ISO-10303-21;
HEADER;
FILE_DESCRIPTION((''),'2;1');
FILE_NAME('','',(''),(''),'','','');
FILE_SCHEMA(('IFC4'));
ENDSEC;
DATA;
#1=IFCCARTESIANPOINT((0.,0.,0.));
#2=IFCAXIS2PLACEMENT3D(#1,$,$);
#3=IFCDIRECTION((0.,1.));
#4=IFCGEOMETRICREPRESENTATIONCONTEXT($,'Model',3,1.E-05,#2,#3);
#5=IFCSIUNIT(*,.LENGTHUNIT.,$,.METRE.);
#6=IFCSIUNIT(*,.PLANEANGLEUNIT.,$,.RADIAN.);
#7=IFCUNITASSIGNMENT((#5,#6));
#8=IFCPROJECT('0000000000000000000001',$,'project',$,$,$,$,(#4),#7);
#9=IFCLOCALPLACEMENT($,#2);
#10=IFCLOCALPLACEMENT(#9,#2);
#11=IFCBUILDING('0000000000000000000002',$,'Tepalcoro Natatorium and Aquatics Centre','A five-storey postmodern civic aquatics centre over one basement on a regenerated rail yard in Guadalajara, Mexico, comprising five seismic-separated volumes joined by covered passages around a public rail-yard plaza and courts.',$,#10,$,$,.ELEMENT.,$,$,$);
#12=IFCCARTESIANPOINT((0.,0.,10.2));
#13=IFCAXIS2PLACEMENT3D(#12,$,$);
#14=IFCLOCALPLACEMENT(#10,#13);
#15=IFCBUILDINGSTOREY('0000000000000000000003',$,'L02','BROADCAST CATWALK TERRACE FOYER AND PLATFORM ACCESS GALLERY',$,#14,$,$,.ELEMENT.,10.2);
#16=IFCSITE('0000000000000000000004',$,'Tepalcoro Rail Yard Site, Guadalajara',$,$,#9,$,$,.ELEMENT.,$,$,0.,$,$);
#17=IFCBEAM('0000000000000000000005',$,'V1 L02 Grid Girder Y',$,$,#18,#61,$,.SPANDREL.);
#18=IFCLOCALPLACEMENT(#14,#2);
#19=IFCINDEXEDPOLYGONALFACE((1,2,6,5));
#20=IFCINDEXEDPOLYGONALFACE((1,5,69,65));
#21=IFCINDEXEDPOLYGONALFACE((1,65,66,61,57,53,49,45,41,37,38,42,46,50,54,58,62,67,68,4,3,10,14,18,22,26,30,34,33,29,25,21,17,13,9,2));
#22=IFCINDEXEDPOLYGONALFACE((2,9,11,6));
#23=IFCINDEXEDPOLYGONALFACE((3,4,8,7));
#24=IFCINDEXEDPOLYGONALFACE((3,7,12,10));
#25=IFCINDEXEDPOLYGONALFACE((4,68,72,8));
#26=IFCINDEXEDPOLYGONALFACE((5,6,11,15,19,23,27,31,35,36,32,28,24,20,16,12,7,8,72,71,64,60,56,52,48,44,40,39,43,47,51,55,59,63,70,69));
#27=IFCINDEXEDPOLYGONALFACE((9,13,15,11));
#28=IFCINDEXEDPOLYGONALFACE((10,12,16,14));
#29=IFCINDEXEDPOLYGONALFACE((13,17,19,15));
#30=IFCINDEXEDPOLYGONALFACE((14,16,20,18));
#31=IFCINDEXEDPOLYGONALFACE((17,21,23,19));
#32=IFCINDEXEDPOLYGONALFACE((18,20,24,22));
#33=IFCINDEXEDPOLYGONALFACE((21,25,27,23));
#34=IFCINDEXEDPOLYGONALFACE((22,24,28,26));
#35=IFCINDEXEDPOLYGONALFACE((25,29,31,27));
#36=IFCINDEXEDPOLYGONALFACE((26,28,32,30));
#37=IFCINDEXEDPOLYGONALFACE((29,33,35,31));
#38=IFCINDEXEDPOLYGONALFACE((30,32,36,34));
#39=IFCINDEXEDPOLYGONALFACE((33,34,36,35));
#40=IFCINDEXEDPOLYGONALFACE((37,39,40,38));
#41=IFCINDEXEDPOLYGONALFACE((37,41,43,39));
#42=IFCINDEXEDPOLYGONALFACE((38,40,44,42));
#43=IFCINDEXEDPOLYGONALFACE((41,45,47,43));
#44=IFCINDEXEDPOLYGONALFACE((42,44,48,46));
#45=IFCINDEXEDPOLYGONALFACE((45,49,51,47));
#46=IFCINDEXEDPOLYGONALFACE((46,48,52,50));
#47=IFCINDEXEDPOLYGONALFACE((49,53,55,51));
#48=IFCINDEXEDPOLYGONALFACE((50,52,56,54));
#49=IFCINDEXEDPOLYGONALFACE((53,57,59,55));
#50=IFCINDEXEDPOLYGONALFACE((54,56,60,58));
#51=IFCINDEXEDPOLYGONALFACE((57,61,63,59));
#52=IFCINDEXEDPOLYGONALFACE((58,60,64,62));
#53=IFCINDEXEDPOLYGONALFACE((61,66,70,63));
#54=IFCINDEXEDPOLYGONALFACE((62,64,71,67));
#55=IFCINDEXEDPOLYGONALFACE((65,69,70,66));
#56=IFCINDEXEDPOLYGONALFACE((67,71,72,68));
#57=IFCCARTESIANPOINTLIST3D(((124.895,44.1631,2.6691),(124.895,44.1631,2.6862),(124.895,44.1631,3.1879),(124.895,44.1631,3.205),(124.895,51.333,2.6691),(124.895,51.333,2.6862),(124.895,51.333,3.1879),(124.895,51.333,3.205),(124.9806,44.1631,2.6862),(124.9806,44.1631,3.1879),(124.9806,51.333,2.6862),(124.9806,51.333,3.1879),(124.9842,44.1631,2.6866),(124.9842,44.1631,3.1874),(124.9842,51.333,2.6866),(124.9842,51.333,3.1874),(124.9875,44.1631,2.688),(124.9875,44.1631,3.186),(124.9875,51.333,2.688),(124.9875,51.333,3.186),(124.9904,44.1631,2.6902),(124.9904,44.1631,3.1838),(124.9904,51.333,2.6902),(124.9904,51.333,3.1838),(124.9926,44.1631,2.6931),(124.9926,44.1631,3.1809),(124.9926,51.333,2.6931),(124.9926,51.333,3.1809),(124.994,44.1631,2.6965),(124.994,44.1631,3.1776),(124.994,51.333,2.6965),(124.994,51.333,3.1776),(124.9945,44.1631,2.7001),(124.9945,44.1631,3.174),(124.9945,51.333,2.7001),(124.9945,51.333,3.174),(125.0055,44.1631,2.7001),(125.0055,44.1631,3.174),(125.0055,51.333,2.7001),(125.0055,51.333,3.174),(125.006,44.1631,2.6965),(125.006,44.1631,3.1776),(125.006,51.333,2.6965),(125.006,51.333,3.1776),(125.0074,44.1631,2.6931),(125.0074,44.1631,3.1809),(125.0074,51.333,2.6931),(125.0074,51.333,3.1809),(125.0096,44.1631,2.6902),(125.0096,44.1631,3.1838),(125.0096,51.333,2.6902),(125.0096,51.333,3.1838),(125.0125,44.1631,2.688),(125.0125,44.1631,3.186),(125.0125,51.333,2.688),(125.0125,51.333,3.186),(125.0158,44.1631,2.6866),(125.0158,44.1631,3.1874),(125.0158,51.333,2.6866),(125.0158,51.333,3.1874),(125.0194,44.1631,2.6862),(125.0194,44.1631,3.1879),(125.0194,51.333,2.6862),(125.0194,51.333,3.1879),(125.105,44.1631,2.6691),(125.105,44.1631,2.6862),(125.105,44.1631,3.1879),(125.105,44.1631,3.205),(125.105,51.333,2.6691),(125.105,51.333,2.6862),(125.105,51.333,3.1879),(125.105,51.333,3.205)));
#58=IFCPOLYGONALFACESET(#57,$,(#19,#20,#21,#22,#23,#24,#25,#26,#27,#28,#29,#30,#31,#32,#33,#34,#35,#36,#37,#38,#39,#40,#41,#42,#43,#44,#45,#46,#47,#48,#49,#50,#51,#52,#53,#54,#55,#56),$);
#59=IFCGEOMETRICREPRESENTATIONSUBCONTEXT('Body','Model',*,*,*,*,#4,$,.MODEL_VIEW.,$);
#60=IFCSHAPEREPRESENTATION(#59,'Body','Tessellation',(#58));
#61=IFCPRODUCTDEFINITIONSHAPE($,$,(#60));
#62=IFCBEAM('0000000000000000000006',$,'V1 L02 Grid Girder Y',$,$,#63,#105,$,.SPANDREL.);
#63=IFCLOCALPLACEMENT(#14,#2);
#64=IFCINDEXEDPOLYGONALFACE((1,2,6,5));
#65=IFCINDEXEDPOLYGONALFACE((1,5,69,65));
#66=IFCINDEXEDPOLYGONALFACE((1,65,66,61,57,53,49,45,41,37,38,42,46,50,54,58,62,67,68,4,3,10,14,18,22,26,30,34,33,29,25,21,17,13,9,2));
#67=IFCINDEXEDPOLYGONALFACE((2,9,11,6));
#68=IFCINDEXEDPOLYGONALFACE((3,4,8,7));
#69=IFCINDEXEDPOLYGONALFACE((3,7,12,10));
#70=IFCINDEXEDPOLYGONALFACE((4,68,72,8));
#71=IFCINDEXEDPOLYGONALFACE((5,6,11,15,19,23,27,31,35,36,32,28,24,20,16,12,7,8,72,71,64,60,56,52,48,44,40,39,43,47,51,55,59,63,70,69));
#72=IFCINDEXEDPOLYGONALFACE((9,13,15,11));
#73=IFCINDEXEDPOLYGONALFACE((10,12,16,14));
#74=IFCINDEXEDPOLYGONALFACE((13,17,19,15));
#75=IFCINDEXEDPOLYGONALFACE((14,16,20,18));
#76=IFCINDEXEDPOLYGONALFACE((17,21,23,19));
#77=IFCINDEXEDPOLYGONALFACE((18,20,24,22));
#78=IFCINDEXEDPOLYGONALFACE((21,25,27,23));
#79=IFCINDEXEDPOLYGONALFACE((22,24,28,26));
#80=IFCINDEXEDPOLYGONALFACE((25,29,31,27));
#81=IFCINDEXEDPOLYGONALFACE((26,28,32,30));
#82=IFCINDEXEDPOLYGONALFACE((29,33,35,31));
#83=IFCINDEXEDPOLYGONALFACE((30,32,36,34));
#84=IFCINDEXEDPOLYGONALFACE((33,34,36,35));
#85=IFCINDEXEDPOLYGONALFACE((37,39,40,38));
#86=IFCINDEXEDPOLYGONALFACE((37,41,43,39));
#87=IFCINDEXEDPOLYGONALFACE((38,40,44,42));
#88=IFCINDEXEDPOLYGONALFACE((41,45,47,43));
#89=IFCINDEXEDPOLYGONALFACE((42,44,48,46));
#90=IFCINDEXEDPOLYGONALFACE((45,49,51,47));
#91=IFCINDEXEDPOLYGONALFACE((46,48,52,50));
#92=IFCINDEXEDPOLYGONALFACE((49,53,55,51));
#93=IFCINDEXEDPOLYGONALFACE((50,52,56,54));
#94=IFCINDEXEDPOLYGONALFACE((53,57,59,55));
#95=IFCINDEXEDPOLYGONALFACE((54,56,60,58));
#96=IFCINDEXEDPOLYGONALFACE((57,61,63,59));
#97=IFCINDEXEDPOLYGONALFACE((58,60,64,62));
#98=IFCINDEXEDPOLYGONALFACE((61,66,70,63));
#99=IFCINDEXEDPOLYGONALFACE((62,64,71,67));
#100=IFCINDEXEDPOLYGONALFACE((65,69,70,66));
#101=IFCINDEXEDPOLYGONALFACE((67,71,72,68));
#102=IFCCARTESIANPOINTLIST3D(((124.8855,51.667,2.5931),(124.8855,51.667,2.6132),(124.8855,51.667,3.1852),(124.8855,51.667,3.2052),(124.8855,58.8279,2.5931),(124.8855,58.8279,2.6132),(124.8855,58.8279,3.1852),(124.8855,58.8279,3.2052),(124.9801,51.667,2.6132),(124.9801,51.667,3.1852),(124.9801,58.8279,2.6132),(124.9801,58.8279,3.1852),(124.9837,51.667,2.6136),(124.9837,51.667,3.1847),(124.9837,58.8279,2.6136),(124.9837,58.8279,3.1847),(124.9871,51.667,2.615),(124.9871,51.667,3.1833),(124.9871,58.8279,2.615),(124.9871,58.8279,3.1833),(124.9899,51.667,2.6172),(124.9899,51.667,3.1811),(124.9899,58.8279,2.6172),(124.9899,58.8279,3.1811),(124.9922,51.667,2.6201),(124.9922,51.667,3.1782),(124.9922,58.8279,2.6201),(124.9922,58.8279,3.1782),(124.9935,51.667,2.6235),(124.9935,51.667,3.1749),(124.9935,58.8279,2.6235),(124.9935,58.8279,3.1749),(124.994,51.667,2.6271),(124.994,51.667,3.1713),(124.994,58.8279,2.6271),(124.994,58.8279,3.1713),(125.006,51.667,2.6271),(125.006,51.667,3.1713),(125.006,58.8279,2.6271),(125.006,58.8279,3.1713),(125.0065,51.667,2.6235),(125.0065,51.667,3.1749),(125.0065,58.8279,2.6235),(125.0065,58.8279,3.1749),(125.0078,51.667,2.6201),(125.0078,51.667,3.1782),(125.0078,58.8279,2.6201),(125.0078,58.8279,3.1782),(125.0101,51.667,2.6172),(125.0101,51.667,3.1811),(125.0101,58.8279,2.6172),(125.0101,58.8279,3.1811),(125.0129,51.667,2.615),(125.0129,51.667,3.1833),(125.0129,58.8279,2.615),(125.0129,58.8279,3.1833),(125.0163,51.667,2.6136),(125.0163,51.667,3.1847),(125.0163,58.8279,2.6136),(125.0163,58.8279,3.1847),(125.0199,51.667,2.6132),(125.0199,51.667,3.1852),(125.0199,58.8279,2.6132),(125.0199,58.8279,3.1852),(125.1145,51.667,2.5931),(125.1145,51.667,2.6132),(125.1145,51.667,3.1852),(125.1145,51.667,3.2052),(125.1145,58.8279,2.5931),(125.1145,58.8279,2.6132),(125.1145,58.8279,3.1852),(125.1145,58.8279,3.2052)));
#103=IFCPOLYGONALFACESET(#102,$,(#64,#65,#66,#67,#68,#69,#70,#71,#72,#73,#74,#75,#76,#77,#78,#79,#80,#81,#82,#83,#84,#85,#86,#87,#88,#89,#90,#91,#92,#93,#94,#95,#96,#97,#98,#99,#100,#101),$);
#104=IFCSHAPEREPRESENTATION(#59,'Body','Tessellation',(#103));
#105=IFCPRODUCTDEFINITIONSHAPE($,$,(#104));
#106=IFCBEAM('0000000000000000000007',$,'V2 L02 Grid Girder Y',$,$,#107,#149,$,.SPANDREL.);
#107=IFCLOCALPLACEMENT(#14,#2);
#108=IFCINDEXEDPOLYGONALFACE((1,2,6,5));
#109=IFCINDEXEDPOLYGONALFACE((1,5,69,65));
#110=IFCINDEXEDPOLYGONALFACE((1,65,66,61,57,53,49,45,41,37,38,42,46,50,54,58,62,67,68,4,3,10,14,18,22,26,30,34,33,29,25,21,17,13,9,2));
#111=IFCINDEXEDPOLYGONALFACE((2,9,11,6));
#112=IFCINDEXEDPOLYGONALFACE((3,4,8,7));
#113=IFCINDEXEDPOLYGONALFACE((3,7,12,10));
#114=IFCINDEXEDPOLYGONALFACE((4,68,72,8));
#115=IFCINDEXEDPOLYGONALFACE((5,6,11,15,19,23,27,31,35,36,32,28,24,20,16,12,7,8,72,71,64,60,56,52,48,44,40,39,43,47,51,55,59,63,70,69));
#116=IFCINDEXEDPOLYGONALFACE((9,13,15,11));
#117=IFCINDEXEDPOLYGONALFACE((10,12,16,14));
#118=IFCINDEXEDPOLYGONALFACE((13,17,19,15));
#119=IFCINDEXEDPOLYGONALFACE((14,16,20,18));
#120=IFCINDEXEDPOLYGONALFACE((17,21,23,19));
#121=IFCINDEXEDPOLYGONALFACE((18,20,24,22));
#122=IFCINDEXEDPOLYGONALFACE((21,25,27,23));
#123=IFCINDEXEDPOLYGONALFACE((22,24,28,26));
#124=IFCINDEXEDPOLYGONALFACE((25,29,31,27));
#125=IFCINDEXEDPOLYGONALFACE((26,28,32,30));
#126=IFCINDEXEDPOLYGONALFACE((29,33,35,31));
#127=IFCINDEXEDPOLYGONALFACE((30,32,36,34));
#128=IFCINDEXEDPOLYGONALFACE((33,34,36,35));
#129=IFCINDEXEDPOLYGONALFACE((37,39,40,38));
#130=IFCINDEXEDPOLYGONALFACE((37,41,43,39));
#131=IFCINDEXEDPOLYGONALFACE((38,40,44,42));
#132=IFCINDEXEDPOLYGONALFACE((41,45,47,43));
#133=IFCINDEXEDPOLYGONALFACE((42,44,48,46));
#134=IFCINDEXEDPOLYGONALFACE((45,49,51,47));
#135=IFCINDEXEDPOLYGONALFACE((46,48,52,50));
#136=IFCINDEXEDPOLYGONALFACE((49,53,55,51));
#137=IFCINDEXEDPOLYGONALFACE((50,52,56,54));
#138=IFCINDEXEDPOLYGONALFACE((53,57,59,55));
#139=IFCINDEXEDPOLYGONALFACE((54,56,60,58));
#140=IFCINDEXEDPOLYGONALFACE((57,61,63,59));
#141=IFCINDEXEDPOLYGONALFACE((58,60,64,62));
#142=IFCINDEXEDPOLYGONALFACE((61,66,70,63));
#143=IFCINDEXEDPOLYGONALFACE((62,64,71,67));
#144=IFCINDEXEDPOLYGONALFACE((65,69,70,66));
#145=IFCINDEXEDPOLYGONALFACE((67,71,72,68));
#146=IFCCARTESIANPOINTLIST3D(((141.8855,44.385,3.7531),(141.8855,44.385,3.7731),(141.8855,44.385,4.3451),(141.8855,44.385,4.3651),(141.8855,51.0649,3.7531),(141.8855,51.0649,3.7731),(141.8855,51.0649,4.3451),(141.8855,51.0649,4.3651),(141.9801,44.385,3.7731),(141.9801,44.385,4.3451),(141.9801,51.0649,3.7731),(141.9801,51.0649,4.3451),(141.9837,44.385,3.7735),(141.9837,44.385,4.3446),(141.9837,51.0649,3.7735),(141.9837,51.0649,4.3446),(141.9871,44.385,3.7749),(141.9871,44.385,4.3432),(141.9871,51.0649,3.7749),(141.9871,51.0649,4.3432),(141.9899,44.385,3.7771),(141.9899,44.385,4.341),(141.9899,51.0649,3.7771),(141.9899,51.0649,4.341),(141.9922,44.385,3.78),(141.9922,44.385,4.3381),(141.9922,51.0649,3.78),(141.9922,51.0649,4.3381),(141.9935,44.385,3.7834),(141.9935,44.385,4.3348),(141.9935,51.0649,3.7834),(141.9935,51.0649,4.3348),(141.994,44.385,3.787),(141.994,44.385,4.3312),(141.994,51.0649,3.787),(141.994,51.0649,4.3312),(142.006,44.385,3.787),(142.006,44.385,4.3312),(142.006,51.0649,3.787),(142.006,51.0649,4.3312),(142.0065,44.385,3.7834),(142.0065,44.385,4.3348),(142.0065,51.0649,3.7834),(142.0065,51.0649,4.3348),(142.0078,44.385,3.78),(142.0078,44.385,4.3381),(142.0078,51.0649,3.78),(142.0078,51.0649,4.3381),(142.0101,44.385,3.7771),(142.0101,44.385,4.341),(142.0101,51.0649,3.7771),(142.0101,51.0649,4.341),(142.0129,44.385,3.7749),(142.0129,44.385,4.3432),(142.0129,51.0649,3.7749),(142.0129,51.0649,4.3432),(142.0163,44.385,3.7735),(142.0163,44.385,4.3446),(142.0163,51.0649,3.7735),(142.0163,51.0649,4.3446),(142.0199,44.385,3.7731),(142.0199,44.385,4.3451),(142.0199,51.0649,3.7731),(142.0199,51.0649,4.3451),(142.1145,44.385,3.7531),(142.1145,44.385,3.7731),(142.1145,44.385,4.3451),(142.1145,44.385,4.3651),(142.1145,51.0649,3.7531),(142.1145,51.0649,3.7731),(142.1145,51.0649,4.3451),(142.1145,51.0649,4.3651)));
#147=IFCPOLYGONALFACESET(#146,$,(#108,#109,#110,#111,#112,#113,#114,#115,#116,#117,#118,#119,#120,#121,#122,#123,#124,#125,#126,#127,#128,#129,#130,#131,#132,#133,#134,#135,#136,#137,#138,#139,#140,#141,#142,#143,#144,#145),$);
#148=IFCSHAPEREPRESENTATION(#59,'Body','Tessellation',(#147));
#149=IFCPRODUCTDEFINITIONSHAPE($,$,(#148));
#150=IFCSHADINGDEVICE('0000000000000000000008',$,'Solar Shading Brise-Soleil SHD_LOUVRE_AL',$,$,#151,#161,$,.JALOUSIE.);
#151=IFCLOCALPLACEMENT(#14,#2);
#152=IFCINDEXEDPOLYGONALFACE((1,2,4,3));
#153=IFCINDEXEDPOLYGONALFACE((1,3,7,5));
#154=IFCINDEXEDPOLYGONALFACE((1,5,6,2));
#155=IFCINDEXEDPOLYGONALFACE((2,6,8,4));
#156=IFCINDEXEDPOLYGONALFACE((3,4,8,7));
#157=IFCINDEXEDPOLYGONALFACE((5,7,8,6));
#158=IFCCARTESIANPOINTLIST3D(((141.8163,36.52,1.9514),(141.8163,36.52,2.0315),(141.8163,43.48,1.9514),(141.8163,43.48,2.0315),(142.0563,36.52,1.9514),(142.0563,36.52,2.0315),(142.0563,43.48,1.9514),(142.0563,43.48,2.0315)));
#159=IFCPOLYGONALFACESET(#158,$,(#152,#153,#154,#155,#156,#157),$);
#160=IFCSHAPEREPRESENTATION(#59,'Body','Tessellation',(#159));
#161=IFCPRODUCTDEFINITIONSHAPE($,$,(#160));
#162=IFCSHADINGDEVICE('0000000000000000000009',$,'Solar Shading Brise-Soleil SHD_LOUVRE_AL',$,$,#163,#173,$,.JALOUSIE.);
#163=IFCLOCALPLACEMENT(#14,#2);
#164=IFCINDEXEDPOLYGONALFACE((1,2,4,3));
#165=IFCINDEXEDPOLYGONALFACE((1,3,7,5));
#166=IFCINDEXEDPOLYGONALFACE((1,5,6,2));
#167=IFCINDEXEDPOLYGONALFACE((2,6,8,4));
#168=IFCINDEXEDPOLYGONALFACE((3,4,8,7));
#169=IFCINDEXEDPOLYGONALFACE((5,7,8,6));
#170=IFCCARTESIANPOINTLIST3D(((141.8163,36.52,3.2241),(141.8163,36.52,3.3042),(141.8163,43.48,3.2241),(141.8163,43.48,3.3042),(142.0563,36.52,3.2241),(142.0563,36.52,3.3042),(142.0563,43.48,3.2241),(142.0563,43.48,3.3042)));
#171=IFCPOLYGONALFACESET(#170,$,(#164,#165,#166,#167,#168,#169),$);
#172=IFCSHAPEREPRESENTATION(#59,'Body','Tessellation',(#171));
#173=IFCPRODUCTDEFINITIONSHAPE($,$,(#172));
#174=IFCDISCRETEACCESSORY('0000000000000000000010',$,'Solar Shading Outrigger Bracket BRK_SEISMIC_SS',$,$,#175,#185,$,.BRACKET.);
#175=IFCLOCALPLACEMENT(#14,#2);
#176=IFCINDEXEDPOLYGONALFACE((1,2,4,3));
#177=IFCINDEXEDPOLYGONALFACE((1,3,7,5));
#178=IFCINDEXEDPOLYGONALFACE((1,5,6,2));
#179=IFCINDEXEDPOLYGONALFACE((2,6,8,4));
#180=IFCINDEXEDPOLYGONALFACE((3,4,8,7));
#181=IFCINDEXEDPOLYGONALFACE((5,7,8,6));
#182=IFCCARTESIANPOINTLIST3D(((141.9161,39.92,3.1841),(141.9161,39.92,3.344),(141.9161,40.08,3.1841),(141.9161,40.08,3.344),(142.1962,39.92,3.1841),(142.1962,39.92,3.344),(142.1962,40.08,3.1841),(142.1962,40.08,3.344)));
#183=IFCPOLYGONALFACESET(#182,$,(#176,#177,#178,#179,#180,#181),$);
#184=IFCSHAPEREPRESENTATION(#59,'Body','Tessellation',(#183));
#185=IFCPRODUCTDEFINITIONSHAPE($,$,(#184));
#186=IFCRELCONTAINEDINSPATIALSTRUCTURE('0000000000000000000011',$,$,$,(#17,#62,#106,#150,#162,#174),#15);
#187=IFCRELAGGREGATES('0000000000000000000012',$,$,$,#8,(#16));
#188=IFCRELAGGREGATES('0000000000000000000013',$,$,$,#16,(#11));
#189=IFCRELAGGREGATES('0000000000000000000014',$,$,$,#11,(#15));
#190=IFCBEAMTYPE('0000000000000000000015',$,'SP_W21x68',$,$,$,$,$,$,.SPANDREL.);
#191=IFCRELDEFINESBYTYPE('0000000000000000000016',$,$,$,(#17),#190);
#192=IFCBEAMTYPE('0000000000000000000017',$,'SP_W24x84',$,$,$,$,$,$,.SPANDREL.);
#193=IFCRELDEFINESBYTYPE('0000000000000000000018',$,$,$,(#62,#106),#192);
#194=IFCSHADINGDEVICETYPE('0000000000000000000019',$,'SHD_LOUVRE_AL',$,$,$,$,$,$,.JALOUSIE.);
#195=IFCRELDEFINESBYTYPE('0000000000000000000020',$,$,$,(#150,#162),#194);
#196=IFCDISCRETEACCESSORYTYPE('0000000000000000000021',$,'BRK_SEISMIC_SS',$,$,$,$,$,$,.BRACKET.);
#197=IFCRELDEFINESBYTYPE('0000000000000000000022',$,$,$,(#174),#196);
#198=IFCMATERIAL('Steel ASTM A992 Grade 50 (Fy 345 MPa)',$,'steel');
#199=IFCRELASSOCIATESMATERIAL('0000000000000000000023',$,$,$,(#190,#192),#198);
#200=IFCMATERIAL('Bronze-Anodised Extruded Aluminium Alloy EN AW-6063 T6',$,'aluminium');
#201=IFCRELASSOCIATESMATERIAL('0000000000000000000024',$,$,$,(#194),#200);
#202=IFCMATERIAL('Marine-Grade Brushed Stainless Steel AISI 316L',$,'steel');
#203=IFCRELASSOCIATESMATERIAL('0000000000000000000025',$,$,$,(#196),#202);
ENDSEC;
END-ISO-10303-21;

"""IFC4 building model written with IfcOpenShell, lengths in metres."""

from ifc_helpers import new_model, si_unit, direction, frame, origin, origin_2d, place, context, subcontext, project, spatial, rectangle, i_section, extrude, material, material_profile, profile_set, type_object, element, save


model = new_model("IFC4")

# Units and contexts
model_context = context("Model", 3, precision=1e-05, world=origin(), true_north=direction((0.0, 1.0)))
body_context = subcontext(model_context, "Body", "Model", "MODEL_VIEW")
ifc_project = project(units=[si_unit("LENGTHUNIT", "METRE"), si_unit("PLANEANGLEUNIT", "RADIAN")], contexts=[model_context])

# Site, building, storey
site_placement = place(None, origin())
site = spatial("IfcSite", under=ifc_project, at=site_placement, Name="Tepalcoro Rail Yard Site, Guadalajara", CompositionType="ELEMENT", RefElevation=0.0)
building_placement = place(site_placement, origin())
building = spatial("IfcBuilding", under=site, at=building_placement, Name="Tepalcoro Natatorium and Aquatics Centre", Description="A five-storey postmodern civic aquatics centre over one basement on a regenerated rail yard in Guadalajara, Mexico, comprising five seismic-separated volumes joined by covered passages around a public rail-yard plaza and courts.", CompositionType="ELEMENT")
storey_placement = place(building_placement, frame((0.0, 0.0, 10.2)))
storey = spatial("IfcBuildingStorey", under=building, at=storey_placement, Name="L02", Description="BROADCAST CATWALK TERRACE FOYER AND PLATFORM ACCESS GALLERY", CompositionType="ELEMENT", Elevation=10.2)

# Shared definitions
ifc_material_1 = material(Name="Steel ASTM A992 Grade 50 (Fy 345 MPa)", Category="steel")

# Beams
ifc_material_profile_1 = material_profile(ifc_material_1, i_section(OverallWidth=0.21, OverallDepth=0.5359, WebThickness=0.011, FlangeThickness=0.0171, FilletRadius=0.0139, at=origin_2d()), Name="W21X68")
ifc_profile_set_1 = profile_set([ifc_material_profile_1], Name="Steel ASTM A992 Grade 50 (Fy 345 MPa)")
beam_type_1 = type_object("IfcBeamType", Name="SP_W21x68", PredefinedType="SPANDREL", material=ifc_profile_set_1)
beam_1_placement = place(storey_placement, frame((125.0, 44.1631, 2.937), z_axis=(0.0, 1.0, 0.0), x_axis=(-1.0, 0.0, 0.0)))
element("IfcBeam", 1, at=beam_1_placement, inside=storey, type_object=beam_type_1, Name="V1 L02 Grid Girder Y", PredefinedType="SPANDREL", context=body_context, shape_type="SweptSolid", body=[
    extrude(i_section(OverallWidth=0.21, OverallDepth=0.5359, WebThickness=0.011, FlangeThickness=0.0171, FilletRadius=0.0139, at=origin_2d()), origin(), (0.0, 0.0, 1.0), 7.1699),
])
ifc_material_profile_2 = material_profile(ifc_material_1, i_section(OverallWidth=0.229, OverallDepth=0.6121, WebThickness=0.012, FlangeThickness=0.02, FilletRadius=0.0139, at=origin_2d()), Name="W24X84")
ifc_profile_set_2 = profile_set([ifc_material_profile_2], Name="Steel ASTM A992 Grade 50 (Fy 345 MPa)")
beam_type_2 = type_object("IfcBeamType", Name="SP_W24x84", PredefinedType="SPANDREL", material=ifc_profile_set_2)
beam_2_placement = place(storey_placement, frame((125.0, 51.667, 2.8992), z_axis=(0.0, 1.0, 0.0), x_axis=(-1.0, 0.0, 0.0)))
element("IfcBeam", 2, at=beam_2_placement, inside=storey, type_object=beam_type_2, Name="V1 L02 Grid Girder Y", PredefinedType="SPANDREL", context=body_context, shape_type="SweptSolid", body=[
    extrude(i_section(OverallWidth=0.229, OverallDepth=0.6121, WebThickness=0.012, FlangeThickness=0.02, FilletRadius=0.0139, at=origin_2d()), origin(), (0.0, 0.0, 1.0), 7.1609),
])
beam_3_placement = place(storey_placement, frame((142.0, 44.385, 4.0591), z_axis=(0.0, 1.0, 0.0), x_axis=(-1.0, 0.0, 0.0)))
element("IfcBeam", 3, at=beam_3_placement, inside=storey, type_object=beam_type_2, Name="V2 L02 Grid Girder Y", PredefinedType="SPANDREL", context=body_context, shape_type="SweptSolid", body=[
    extrude(i_section(OverallWidth=0.229, OverallDepth=0.6121, WebThickness=0.012, FlangeThickness=0.02, FilletRadius=0.0139, at=origin_2d()), origin(), (0.0, 0.0, 1.0), 6.6799),
])

# Shading devices
ifc_material_2 = material(Name="Bronze-Anodised Extruded Aluminium Alloy EN AW-6063 T6", Category="aluminium")
shading_device_type = type_object("IfcShadingDeviceType", Name="SHD_LOUVRE_AL", PredefinedType="JALOUSIE", material=ifc_material_2)
for number, where, z_axis, x_axis, name in (
    (4, (141.9363, 40.0, 1.9514), (0.0, 0.0, 1.0), (1.0, 0.0, 0.0), "Solar Shading Brise-Soleil SHD_LOUVRE_AL"),
    (5, (141.9363, 40.0, 3.2241), (0.0, 0.0, 1.0), (1.0, 0.0, 0.0), "Solar Shading Brise-Soleil SHD_LOUVRE_AL"),
):
    element("IfcShadingDevice", number, at=place(storey_placement, frame(where, z_axis=z_axis, x_axis=x_axis)), inside=storey, type_object=shading_device_type, Name=name, PredefinedType="JALOUSIE", context=body_context, shape_type="SweptSolid", body=[
        extrude(rectangle(XDim=0.24, YDim=6.96, at=origin_2d()), origin(), (0.0, 0.0, 1.0), 0.0801),
    ])

# Discrete accessory
ifc_material_3 = material(Name="Marine-Grade Brushed Stainless Steel AISI 316L", Category="steel")
discrete_accessory_type = type_object("IfcDiscreteAccessoryType", Name="BRK_SEISMIC_SS", PredefinedType="BRACKET", material=ifc_material_3)
discrete_accessory_placement = place(storey_placement, frame((142.0562, 40.0, 3.1841), z_axis=(0.0, 0.0, 1.0), x_axis=(1.0, 0.0, 0.0)))
element("IfcDiscreteAccessory", 6, at=discrete_accessory_placement, inside=storey, type_object=discrete_accessory_type, Name="Solar Shading Outrigger Bracket BRK_SEISMIC_SS", PredefinedType="BRACKET", context=body_context, shape_type="SweptSolid", body=[
    extrude(rectangle(XDim=0.28, YDim=0.1599, at=origin_2d()), origin(), (0.0, 0.0, 1.0), 0.1599),
])

save(model, "model.ifc")
